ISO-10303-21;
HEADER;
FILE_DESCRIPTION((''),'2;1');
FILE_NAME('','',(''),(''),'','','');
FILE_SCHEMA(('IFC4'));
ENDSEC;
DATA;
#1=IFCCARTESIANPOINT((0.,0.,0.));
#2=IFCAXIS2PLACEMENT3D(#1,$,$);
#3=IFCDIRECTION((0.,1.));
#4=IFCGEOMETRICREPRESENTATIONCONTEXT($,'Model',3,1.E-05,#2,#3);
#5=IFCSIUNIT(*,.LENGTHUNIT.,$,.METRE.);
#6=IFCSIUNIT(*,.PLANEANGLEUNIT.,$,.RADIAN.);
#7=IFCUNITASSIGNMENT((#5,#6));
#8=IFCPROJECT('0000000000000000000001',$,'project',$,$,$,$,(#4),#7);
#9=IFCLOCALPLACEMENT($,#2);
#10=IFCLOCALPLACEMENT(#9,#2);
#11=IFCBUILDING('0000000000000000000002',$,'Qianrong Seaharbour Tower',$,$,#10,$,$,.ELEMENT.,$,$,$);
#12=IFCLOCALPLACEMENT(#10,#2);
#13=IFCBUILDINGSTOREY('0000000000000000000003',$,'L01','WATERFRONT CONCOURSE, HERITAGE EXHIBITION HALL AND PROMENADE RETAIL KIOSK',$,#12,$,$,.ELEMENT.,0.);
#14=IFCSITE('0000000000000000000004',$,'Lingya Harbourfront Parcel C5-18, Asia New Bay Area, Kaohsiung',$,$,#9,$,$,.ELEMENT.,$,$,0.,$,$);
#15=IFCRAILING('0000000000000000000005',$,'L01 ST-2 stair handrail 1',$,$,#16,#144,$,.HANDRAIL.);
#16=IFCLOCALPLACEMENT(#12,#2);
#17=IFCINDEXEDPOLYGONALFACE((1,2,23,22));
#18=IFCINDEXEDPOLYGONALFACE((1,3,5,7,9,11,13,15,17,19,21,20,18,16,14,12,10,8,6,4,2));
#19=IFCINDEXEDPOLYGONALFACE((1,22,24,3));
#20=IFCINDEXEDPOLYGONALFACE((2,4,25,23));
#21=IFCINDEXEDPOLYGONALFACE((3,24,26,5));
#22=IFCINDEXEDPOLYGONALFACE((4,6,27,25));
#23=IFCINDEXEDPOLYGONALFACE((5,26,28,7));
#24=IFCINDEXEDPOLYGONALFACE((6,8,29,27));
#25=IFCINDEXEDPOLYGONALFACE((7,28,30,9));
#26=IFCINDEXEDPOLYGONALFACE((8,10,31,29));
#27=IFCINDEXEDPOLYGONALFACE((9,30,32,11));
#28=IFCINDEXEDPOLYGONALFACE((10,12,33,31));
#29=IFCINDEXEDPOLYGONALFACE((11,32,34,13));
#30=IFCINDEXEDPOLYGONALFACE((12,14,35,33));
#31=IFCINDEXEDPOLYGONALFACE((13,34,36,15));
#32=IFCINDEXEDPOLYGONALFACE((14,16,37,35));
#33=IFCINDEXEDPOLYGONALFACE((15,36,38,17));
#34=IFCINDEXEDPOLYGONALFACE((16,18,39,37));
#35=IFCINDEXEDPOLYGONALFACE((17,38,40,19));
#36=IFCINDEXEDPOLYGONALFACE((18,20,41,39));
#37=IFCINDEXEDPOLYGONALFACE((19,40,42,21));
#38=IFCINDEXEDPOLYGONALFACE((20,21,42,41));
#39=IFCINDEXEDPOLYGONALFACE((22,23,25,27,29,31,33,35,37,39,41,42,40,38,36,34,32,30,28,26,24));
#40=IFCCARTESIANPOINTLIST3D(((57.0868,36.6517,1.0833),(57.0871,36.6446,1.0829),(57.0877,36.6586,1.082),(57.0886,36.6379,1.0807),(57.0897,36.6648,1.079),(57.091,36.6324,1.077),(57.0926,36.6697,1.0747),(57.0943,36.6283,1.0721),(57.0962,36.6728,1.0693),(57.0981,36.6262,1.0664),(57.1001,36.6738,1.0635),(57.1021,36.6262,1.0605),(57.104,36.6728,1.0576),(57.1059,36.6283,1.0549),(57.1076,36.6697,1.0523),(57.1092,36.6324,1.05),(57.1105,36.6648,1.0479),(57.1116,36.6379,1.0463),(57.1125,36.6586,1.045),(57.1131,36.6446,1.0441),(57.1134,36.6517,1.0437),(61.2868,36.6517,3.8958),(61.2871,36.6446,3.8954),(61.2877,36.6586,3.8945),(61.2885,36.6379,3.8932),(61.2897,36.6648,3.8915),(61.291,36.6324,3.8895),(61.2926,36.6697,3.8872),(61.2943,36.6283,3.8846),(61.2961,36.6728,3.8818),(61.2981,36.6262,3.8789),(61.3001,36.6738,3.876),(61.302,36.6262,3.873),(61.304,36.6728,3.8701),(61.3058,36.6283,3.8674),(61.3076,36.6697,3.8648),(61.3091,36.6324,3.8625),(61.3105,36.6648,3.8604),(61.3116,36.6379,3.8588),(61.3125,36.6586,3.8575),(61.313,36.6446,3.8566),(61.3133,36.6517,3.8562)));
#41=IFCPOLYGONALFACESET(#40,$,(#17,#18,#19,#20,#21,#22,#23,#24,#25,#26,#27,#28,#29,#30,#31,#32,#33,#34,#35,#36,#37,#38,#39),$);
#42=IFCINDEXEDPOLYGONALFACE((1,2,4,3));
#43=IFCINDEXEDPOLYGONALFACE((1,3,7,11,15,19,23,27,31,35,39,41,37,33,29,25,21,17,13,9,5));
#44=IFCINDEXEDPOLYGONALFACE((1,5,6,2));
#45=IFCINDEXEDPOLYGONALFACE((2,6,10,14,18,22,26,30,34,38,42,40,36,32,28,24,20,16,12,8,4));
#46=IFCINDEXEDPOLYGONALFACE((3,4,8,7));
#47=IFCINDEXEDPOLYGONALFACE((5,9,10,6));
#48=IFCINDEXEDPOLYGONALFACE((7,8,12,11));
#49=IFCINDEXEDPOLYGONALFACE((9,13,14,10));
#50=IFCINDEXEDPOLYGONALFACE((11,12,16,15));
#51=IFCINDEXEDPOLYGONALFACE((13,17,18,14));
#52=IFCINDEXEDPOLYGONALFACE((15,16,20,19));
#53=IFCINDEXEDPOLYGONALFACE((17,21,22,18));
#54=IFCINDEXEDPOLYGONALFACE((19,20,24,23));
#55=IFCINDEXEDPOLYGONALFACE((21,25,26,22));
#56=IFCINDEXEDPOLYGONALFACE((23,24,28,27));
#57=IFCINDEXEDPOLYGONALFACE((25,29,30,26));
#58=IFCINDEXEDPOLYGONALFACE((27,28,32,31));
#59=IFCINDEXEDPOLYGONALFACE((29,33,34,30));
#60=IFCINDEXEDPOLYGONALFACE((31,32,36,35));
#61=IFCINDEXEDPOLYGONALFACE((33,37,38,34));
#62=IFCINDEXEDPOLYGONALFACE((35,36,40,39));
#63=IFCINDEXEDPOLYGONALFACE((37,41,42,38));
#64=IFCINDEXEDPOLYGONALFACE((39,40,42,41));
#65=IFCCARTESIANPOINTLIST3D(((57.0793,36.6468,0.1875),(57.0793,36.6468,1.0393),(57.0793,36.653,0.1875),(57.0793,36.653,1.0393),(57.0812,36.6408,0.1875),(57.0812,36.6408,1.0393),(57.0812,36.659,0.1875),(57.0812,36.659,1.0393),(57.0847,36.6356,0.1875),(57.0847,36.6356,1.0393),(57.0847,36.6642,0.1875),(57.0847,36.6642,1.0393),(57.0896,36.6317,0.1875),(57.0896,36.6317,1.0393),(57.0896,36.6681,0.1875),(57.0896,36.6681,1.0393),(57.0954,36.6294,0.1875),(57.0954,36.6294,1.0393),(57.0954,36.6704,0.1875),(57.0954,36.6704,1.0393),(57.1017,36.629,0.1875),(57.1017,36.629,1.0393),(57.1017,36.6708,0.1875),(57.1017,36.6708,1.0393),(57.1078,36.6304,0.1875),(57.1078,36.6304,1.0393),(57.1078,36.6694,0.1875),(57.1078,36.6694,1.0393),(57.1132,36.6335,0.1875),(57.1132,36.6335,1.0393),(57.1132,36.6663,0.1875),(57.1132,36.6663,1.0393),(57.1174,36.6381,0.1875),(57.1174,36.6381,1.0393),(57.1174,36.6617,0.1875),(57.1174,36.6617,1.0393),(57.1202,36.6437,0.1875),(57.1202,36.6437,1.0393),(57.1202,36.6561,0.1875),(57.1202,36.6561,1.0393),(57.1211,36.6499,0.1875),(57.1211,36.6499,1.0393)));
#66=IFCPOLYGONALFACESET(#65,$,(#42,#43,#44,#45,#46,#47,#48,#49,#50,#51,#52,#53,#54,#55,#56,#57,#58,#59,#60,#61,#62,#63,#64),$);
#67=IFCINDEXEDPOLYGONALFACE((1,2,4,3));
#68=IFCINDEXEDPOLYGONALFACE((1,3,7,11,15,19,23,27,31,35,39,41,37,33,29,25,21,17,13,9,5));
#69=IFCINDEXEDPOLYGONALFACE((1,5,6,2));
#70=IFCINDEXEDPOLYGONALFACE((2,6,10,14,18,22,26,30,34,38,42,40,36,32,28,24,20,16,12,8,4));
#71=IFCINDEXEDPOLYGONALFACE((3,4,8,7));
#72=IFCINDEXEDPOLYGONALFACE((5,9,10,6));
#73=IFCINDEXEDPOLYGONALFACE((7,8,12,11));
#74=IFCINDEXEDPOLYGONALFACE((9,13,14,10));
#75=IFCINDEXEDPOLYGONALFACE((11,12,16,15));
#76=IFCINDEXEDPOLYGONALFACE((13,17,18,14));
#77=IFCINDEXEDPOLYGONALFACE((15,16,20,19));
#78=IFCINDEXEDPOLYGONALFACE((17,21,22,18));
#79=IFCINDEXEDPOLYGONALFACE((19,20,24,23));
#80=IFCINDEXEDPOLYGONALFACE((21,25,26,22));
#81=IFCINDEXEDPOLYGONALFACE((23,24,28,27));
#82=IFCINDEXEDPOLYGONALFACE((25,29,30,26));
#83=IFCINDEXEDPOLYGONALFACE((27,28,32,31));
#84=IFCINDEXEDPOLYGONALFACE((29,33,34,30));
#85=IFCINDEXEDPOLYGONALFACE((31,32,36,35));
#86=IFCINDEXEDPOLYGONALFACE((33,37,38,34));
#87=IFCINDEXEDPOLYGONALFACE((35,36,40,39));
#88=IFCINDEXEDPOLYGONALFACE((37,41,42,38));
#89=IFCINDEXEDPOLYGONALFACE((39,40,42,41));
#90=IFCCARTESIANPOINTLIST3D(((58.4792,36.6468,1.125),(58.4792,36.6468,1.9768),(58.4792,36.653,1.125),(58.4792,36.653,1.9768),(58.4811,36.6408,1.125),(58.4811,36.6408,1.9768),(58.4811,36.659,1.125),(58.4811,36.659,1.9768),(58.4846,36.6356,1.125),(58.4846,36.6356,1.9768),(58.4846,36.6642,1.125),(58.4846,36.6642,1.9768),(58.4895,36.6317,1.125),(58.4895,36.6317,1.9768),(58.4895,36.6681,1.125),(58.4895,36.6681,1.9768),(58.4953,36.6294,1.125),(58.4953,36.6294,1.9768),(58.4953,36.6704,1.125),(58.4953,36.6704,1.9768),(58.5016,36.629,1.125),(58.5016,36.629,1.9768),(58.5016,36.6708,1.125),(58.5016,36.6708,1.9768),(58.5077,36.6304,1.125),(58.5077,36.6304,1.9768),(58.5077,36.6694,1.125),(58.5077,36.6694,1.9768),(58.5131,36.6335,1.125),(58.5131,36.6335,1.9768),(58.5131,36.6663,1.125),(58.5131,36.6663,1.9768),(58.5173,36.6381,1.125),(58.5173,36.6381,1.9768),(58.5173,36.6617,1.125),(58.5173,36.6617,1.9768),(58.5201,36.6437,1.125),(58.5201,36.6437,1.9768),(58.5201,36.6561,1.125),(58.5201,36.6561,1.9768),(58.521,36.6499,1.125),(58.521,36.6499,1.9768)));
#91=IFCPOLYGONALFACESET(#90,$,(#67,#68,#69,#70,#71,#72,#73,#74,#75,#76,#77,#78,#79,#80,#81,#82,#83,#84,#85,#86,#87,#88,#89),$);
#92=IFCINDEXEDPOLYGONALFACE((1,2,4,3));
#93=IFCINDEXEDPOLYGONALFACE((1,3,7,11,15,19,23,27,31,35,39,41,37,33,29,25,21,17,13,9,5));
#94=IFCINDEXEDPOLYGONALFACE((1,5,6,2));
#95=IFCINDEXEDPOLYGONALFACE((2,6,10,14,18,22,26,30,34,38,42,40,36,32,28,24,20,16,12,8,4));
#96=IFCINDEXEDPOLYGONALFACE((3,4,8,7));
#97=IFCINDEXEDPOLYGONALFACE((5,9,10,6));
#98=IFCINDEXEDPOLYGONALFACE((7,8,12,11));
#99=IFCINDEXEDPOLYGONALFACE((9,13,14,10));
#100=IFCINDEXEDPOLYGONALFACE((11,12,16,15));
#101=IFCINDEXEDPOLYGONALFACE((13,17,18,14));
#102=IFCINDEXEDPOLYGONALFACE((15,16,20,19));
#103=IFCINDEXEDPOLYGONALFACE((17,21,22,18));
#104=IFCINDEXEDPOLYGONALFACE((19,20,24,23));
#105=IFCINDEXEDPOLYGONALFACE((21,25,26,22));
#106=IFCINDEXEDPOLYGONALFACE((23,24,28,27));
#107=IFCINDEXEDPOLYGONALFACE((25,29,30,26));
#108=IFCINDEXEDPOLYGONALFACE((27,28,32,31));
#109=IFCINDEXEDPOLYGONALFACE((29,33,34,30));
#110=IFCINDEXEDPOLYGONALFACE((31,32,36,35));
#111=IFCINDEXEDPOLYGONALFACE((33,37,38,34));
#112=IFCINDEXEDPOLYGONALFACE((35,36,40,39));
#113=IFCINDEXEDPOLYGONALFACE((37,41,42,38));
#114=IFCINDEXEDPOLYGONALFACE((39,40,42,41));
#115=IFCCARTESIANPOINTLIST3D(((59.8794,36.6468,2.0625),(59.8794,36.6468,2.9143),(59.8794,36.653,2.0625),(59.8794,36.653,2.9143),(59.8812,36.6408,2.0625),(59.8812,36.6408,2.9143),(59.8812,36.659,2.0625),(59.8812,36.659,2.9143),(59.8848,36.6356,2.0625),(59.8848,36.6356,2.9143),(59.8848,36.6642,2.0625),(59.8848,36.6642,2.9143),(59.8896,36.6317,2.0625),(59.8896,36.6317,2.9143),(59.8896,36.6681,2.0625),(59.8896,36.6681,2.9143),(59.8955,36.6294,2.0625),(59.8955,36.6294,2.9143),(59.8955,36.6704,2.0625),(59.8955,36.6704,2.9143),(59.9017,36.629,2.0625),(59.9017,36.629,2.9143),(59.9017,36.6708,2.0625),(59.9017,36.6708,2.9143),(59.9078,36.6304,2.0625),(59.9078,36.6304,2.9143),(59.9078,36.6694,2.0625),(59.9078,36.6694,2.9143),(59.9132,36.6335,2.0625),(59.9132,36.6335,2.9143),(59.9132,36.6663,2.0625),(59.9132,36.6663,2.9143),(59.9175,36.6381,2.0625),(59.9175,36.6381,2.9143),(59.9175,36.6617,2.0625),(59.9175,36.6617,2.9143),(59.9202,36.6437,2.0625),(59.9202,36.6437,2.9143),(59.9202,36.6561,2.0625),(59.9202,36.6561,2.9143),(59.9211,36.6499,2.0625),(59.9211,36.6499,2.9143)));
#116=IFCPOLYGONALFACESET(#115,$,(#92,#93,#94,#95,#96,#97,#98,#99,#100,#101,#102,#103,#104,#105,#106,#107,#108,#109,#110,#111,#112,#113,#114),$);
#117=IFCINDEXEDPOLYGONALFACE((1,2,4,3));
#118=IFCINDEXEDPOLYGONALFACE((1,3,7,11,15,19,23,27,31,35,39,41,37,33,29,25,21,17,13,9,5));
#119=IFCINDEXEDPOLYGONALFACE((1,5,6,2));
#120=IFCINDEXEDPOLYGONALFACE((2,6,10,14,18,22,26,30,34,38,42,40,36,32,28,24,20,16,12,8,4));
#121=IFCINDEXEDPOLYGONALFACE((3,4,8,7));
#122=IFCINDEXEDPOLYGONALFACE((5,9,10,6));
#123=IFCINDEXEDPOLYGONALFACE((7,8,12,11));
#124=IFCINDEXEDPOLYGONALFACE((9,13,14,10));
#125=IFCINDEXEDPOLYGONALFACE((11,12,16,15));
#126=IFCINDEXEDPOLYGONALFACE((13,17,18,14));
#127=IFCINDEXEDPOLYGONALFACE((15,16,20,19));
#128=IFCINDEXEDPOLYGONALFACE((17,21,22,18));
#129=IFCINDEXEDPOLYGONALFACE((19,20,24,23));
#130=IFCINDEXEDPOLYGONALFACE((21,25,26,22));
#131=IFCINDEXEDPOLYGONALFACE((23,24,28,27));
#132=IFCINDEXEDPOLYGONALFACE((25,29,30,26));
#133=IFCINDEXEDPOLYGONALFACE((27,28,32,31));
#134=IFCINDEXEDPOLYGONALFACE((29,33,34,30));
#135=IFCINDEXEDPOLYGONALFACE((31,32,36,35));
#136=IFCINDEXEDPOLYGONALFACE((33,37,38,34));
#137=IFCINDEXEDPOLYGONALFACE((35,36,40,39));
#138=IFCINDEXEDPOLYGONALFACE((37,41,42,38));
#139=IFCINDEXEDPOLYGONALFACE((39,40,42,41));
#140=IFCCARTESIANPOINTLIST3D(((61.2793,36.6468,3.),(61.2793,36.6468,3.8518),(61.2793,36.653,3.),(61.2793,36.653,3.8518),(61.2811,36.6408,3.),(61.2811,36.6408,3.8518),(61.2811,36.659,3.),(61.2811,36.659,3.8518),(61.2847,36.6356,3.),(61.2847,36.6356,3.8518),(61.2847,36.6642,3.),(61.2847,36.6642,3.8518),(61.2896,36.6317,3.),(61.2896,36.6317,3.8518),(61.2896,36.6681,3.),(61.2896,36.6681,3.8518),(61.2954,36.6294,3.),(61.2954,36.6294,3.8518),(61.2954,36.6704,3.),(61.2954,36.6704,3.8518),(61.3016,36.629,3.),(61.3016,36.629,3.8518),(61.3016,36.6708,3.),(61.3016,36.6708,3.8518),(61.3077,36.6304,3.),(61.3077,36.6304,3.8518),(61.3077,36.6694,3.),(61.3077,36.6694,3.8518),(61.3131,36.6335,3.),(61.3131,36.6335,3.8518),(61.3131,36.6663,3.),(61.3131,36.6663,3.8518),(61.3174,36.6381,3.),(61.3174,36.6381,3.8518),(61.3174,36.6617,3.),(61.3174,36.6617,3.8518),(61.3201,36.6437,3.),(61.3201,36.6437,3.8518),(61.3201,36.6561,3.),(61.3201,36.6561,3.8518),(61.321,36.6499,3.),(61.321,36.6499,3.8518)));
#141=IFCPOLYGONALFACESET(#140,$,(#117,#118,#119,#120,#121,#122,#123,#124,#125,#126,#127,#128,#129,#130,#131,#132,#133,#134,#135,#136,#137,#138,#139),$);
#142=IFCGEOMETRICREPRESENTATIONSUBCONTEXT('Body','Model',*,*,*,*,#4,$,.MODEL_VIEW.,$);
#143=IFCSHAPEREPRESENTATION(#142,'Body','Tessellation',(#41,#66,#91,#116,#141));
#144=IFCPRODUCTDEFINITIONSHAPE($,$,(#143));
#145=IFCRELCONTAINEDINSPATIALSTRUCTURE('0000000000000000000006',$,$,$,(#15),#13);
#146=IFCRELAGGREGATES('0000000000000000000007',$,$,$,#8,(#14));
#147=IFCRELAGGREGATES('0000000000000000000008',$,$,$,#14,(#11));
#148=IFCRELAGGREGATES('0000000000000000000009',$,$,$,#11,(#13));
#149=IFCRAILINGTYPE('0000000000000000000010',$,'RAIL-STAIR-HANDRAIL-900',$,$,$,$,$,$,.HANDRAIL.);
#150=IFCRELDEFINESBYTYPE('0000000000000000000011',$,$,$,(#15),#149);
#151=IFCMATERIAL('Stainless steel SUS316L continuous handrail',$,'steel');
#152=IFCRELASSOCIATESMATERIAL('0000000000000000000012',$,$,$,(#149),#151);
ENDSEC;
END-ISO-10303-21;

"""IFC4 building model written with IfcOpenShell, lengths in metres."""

from ifc_helpers import new_model, si_unit, direction, frame, origin, origin_2d, place, context, subcontext, project, spatial, circle, extrude, material, type_object, element, save


model = new_model("IFC4")

# Units and contexts
model_context = context("Model", 3, precision=1e-05, world=origin(), true_north=direction((0.0, 1.0)))
body_context = subcontext(model_context, "Body", "Model", "MODEL_VIEW")
ifc_project = project(units=[si_unit("LENGTHUNIT", "METRE"), si_unit("PLANEANGLEUNIT", "RADIAN")], contexts=[model_context])

# Site, building, storey
site_placement = place(None, origin())
site = spatial("IfcSite", under=ifc_project, at=site_placement, Name="Lingya Harbourfront Parcel C5-18, Asia New Bay Area, Kaohsiung", CompositionType="ELEMENT", RefElevation=0.0)
building_placement = place(site_placement, origin())
building = spatial("IfcBuilding", under=site, at=building_placement, Name="Qianrong Seaharbour Tower", CompositionType="ELEMENT")
storey_placement = place(building_placement, origin())
storey = spatial("IfcBuildingStorey", under=building, at=storey_placement, Name="L01", Description="WATERFRONT CONCOURSE, HERITAGE EXHIBITION HALL AND PROMENADE RETAIL KIOSK", CompositionType="ELEMENT", Elevation=0.0)

# Railing
ifc_material_1 = material(Name="Stainless steel SUS316L continuous handrail", Category="steel")
railing_type_1 = type_object("IfcRailingType", Name="RAIL-STAIR-HANDRAIL-900", PredefinedType="HANDRAIL", material=ifc_material_1)
railing_1_placement = place(storey_placement, frame((57.1001, 36.6499, 0.1875)))
element("IfcRailing", 1, at=railing_1_placement, inside=storey, type_object=railing_type_1, Name="L01 ST-2 stair handrail 1", PredefinedType="HANDRAIL", context=body_context, shape_type="SweptSolid", body=[
    extrude(circle(Radius=0.0239, at=origin_2d()), frame((0.0, 0.0, 0.876), z_axis=(0.830904, 0.0, 0.556416), x_axis=(0.0, 1.0, 0.0)), (0.0, 0.0, 1.0), 5.0547),
    extrude(circle(Radius=0.021, at=origin_2d()), origin(), (0.0, 0.0, 1.0), 0.8518),
    extrude(circle(Radius=0.021, at=origin_2d()), frame((1.3999, 0.0, 0.9375)), (0.0, 0.0, 1.0), 0.8518),
    extrude(circle(Radius=0.021, at=origin_2d()), frame((2.8, 0.0, 1.875)), (0.0, 0.0, 1.0), 0.8518),
    extrude(circle(Radius=0.021, at=origin_2d()), frame((4.2, 0.0, 2.8125)), (0.0, 0.0, 1.0), 0.8518),
])

save(model, "model.ifc")
